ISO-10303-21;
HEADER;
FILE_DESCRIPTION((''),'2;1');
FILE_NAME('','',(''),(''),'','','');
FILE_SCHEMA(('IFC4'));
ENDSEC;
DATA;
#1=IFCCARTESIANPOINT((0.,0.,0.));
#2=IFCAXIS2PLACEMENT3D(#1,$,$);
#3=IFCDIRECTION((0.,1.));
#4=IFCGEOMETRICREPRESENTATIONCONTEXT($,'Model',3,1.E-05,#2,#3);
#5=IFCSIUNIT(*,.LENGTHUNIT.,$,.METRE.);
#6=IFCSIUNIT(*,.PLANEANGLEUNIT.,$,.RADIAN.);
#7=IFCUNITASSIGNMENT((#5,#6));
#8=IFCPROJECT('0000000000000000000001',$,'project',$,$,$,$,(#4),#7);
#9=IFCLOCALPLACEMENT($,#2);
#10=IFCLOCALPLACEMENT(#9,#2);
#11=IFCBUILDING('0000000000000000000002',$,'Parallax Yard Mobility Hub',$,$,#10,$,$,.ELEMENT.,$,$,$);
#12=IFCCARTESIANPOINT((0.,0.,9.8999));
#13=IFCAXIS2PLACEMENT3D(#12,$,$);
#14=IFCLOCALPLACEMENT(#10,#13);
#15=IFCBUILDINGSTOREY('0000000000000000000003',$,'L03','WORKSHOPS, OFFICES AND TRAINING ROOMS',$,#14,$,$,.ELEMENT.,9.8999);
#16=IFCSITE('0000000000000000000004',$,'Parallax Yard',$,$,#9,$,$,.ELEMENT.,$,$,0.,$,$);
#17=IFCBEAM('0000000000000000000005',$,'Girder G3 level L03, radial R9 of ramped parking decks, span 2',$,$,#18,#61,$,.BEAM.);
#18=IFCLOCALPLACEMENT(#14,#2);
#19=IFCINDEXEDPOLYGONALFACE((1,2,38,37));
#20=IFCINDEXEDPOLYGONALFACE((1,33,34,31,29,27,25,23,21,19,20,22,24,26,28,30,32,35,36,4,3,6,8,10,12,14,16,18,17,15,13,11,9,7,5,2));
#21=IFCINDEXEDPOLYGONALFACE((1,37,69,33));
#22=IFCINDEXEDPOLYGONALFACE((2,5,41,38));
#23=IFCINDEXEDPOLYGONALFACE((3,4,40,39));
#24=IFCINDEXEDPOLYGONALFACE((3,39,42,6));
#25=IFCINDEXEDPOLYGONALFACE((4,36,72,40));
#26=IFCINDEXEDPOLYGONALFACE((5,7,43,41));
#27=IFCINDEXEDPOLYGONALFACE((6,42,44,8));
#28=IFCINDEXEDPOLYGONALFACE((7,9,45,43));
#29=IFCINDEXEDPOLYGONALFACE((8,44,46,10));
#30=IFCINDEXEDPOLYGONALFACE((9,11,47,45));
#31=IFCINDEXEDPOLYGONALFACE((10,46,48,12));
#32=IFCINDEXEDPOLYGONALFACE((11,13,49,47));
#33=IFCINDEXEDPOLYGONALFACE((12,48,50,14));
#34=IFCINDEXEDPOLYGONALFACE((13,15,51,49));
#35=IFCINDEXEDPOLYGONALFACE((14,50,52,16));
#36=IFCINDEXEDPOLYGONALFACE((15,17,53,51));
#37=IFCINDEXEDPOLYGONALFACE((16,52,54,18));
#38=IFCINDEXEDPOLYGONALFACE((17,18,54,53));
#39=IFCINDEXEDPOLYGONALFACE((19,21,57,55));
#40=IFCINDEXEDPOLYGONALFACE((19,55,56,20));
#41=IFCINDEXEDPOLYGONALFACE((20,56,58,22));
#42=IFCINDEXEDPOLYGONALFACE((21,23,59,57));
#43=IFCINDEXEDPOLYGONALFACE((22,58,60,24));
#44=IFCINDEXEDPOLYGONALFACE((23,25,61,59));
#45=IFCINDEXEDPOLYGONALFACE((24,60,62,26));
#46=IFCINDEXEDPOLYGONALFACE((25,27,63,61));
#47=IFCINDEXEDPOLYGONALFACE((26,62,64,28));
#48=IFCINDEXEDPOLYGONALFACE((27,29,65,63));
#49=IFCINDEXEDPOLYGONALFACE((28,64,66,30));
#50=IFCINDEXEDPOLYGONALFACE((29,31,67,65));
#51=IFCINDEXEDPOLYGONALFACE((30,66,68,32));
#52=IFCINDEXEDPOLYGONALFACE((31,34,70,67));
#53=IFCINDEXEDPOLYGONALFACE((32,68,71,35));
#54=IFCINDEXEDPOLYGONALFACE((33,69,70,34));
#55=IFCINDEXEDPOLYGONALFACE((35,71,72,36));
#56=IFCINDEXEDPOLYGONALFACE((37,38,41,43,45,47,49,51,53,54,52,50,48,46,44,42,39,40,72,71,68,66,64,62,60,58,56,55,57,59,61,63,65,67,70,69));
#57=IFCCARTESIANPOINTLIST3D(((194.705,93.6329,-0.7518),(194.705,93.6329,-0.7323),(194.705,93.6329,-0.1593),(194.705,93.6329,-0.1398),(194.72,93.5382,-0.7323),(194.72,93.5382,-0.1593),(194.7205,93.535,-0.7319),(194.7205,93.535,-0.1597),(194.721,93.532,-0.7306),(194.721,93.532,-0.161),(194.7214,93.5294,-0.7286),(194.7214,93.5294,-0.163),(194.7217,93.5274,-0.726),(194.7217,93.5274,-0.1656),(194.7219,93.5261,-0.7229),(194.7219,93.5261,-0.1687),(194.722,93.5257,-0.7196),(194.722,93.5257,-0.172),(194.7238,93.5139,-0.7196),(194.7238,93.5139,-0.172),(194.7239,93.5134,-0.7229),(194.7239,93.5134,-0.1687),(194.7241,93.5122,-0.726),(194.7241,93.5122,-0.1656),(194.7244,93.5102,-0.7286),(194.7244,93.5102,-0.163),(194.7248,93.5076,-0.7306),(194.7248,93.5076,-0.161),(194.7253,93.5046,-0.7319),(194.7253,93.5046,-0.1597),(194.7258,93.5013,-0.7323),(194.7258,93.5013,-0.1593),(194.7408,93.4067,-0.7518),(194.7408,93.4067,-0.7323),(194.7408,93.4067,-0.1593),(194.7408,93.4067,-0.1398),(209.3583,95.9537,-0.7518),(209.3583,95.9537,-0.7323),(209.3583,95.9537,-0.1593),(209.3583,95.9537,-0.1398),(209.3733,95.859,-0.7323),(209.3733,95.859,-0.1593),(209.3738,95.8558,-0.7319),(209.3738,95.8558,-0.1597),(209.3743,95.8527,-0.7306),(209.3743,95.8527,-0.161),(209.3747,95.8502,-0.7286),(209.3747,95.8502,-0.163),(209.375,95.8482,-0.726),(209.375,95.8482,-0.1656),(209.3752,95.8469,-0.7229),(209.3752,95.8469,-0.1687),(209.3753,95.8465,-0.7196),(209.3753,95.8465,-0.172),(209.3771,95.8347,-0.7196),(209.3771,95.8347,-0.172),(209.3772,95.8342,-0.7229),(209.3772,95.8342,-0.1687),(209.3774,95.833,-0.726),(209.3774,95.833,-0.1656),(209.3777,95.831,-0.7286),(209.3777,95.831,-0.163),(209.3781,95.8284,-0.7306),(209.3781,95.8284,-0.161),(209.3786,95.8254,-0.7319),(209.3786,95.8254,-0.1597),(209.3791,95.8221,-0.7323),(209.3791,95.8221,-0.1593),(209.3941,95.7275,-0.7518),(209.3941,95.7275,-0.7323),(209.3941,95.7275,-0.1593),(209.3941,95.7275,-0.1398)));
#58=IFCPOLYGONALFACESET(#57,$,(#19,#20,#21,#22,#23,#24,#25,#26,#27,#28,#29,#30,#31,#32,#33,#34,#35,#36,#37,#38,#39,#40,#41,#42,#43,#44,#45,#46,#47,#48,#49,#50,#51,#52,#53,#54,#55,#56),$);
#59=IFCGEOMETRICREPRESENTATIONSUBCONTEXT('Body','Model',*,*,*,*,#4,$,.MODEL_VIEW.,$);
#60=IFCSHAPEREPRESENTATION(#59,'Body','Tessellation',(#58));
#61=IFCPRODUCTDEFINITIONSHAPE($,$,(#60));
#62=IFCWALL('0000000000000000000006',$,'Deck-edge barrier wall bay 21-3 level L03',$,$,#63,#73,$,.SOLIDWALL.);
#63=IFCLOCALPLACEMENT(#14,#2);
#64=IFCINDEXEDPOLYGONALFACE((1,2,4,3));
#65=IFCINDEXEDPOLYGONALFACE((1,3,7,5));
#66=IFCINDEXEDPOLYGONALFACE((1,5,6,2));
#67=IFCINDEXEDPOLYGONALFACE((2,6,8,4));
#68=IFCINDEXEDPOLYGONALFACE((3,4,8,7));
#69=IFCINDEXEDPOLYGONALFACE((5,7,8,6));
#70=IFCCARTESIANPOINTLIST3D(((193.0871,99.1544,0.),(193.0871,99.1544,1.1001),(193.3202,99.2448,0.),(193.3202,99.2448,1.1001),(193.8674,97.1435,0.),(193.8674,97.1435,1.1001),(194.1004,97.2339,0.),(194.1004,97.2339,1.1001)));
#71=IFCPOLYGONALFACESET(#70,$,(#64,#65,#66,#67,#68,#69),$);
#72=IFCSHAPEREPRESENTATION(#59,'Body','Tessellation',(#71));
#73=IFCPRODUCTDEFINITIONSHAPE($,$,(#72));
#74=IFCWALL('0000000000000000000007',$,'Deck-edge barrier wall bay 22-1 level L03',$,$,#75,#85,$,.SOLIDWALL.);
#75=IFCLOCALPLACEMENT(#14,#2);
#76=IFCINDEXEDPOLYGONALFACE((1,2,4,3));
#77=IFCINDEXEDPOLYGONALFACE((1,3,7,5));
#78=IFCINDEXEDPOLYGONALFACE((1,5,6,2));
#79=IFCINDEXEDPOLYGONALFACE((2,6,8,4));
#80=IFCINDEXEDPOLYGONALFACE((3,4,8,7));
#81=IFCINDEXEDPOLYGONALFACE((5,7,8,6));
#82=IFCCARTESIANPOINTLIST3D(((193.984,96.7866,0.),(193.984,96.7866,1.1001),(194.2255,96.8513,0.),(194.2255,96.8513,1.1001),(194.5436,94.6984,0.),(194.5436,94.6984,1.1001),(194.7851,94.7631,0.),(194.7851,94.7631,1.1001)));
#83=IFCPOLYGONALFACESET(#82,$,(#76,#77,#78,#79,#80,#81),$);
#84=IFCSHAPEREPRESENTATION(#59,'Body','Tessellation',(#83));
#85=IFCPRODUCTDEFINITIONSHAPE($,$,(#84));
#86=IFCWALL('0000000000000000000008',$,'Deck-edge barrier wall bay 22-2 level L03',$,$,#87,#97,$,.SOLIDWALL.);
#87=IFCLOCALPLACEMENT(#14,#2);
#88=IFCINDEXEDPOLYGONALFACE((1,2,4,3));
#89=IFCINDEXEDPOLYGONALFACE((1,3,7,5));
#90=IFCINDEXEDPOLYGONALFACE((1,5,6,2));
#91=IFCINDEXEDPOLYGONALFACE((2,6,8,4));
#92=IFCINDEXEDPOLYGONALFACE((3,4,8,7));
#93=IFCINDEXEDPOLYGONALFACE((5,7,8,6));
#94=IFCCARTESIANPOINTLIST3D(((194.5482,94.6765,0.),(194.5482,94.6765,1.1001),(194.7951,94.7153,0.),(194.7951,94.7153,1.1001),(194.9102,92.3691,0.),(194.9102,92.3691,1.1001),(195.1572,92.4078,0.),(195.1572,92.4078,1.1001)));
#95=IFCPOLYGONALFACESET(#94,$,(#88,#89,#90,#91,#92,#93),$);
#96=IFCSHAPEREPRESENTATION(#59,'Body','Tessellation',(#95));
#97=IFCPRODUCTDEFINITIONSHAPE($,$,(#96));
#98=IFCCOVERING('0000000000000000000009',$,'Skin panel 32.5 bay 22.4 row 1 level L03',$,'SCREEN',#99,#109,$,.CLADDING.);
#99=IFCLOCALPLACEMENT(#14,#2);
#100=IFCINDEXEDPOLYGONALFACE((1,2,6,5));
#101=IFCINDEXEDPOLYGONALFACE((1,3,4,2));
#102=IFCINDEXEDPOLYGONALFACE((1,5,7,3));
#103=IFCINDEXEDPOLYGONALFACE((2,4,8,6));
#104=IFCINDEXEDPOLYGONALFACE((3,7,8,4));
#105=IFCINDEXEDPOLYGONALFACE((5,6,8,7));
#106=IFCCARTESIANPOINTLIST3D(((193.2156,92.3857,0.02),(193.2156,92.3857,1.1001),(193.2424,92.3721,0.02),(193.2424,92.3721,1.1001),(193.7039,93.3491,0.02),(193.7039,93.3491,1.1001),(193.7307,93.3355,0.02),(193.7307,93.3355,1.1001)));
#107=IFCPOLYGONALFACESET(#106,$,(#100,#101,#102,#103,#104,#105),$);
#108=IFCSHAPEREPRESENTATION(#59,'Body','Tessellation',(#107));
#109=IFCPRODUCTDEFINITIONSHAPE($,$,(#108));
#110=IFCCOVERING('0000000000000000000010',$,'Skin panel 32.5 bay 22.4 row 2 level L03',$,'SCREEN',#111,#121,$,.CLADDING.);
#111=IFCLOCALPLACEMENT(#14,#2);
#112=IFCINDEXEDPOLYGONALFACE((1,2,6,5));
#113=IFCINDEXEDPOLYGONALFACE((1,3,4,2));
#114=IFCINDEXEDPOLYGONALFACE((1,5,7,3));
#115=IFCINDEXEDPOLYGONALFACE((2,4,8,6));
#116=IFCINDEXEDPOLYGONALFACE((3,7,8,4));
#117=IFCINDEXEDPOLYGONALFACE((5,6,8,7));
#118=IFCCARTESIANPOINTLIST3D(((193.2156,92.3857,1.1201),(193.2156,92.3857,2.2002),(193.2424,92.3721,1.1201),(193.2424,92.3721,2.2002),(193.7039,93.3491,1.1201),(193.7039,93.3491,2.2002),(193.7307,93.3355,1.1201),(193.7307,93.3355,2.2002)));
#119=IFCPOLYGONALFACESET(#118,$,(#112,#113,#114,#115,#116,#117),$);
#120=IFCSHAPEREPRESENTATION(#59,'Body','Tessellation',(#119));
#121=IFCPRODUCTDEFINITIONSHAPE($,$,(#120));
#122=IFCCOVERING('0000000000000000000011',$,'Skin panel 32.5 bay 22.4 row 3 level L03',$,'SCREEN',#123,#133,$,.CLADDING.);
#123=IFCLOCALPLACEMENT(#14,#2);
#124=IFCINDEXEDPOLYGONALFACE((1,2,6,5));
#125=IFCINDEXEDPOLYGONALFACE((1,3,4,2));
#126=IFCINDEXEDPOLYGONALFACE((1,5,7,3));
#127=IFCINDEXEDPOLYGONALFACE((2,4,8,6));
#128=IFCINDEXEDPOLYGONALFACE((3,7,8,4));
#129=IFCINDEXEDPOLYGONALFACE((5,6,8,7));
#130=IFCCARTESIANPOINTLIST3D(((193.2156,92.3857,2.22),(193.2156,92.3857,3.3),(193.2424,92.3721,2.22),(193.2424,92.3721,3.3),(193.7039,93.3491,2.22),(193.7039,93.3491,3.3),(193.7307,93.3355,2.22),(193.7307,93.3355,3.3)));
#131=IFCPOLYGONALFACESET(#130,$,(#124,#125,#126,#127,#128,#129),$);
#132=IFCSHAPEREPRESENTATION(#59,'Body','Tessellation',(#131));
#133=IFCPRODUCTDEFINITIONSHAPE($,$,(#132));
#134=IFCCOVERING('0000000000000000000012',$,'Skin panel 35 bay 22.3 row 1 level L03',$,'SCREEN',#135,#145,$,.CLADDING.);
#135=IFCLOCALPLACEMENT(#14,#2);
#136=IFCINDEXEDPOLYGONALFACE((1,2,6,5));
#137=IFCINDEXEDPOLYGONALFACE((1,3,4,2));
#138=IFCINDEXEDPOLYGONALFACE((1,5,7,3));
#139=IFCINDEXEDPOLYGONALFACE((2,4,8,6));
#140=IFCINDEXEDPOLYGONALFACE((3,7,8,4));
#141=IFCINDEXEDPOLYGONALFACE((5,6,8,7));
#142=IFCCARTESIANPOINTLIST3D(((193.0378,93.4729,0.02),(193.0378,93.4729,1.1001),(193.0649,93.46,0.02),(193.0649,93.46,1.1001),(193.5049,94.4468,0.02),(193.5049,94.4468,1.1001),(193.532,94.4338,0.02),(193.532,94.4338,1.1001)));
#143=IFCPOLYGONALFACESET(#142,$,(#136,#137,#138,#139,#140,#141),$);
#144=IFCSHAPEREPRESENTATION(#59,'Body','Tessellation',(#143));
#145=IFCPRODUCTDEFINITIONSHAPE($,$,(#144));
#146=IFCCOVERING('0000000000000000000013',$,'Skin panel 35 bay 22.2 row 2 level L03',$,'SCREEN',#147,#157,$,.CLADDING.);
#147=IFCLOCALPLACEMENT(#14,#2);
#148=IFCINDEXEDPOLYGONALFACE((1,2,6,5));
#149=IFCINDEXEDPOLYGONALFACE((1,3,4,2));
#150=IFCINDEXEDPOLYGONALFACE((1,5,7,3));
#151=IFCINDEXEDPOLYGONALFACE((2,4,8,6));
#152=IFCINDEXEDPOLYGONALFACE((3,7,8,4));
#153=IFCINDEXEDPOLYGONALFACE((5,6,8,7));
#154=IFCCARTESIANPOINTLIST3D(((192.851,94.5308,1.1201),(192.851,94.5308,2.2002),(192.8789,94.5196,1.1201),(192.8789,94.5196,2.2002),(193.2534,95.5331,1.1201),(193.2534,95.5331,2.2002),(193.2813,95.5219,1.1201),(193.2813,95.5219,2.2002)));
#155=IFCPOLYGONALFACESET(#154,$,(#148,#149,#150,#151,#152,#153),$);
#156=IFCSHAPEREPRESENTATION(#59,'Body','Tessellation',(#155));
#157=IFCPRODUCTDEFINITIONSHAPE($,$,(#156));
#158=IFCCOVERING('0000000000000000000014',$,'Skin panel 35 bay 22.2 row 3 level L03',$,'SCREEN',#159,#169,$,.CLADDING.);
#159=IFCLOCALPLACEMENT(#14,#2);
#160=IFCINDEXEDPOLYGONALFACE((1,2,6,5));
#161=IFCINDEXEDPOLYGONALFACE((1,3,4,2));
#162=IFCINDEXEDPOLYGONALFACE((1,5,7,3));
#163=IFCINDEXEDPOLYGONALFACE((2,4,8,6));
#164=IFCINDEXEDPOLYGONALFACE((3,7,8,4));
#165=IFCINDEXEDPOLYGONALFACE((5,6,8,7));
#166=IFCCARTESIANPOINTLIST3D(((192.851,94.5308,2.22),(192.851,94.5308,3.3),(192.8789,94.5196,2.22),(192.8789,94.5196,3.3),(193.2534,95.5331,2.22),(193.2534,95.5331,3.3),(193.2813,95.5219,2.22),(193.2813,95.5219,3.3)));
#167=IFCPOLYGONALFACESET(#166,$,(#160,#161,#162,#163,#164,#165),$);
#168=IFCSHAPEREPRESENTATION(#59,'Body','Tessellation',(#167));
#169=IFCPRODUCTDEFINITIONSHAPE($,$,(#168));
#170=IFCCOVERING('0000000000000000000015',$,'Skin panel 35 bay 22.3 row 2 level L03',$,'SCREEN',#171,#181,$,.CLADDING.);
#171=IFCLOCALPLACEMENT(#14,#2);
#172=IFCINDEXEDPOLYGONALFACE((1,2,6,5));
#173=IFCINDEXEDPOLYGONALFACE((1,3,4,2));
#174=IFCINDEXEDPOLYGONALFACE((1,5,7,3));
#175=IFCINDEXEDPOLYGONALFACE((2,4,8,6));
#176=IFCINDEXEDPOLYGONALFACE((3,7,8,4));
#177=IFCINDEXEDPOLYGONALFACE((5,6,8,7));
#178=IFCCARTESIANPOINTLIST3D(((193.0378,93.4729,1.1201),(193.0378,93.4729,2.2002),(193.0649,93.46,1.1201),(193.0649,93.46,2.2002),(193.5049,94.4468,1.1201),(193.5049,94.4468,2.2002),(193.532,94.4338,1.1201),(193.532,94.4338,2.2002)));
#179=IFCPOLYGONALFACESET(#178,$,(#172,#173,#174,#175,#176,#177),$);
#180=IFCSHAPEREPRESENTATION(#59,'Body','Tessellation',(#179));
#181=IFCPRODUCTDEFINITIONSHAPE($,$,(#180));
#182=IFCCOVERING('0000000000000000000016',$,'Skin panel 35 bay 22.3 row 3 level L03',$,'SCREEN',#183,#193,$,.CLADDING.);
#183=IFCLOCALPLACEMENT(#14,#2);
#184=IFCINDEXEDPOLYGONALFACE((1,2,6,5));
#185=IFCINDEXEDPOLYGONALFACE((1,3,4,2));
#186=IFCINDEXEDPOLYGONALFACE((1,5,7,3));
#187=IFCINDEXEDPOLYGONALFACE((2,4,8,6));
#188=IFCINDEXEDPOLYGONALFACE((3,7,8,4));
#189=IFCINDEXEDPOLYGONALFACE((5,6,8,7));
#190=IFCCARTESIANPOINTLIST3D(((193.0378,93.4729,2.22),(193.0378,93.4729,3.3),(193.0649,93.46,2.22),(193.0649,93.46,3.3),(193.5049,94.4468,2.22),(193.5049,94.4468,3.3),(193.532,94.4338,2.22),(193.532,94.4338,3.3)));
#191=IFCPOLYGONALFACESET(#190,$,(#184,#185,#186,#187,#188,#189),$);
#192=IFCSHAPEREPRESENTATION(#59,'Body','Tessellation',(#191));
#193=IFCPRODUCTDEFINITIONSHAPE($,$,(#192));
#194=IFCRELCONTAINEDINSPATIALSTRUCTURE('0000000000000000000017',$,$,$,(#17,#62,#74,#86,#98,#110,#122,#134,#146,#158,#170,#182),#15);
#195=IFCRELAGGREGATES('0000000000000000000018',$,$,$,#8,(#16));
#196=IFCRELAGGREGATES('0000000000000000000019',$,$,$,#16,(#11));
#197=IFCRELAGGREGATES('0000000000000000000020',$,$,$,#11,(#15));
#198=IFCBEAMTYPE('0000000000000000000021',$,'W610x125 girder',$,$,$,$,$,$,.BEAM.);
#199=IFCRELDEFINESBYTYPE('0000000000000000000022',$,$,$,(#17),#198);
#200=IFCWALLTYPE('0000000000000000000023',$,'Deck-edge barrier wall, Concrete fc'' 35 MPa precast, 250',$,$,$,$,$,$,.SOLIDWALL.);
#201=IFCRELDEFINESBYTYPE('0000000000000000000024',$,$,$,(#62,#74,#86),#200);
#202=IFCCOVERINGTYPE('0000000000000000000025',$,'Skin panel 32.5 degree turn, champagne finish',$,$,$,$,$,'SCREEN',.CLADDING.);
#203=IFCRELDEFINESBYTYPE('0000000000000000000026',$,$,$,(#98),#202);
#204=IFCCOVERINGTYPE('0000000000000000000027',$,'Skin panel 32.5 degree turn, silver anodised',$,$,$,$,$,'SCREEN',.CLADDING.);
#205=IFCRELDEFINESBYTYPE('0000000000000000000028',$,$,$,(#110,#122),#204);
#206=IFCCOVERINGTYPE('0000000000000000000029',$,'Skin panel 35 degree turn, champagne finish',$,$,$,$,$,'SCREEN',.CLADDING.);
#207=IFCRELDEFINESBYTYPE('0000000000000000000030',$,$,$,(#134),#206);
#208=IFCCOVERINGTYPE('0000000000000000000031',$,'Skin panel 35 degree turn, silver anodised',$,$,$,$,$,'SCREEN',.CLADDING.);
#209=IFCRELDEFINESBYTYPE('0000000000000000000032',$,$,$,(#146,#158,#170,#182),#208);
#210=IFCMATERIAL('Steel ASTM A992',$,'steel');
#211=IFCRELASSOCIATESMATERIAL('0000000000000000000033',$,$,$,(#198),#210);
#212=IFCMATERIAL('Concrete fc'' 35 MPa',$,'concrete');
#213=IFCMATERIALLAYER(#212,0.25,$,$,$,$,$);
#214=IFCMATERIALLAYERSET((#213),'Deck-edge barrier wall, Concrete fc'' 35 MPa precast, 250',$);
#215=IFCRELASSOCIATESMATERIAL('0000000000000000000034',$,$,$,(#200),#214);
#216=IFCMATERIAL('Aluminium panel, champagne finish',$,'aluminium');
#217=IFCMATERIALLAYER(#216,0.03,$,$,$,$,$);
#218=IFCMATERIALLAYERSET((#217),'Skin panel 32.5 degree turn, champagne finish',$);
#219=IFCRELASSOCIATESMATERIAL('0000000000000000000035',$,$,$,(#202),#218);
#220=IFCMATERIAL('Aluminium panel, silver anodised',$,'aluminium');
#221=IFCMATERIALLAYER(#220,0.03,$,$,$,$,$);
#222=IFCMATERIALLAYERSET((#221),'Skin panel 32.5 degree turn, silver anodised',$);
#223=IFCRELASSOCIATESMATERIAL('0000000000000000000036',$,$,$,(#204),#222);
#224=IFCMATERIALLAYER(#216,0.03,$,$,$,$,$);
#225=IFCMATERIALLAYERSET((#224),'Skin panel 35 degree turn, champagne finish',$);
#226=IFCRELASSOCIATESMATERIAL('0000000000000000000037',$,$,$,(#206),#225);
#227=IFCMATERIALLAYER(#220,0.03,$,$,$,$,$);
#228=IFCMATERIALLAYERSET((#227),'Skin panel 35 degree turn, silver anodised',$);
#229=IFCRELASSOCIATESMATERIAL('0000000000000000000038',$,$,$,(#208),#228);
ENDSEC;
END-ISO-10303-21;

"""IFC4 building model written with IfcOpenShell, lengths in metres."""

from ifc_helpers import new_model, si_unit, direction, frame, frame_2d, origin, origin_2d, place, context, subcontext, project, spatial, rectangle, i_section, extrude, material, layer, layer_set, material_profile, profile_set, type_object, element, save


model = new_model("IFC4")

# Units and contexts
model_context = context("Model", 3, precision=1e-05, world=origin(), true_north=direction((0.0, 1.0)))
body_context = subcontext(model_context, "Body", "Model", "MODEL_VIEW")
ifc_project = project(units=[si_unit("LENGTHUNIT", "METRE"), si_unit("PLANEANGLEUNIT", "RADIAN")], contexts=[model_context])

# Site, building, storey
site_placement = place(None, origin())
site = spatial("IfcSite", under=ifc_project, at=site_placement, Name="Parallax Yard", CompositionType="ELEMENT", RefElevation=0.0)
building_placement = place(site_placement, origin())
building = spatial("IfcBuilding", under=site, at=building_placement, Name="Parallax Yard Mobility Hub", CompositionType="ELEMENT")
storey_placement = place(building_placement, frame((0.0, 0.0, 9.8999)))
storey = spatial("IfcBuildingStorey", under=building, at=storey_placement, Name="L03", Description="WORKSHOPS, OFFICES AND TRAINING ROOMS", CompositionType="ELEMENT", Elevation=9.8999)

# Shared definitions
ifc_material_1 = material(Name="Steel ASTM A992", Category="steel")

# Beam
ifc_material_profile_1 = material_profile(ifc_material_1, i_section(OverallWidth=0.229, OverallDepth=0.6121, WebThickness=0.012, FlangeThickness=0.0195, FilletRadius=0.0127, at=origin_2d()), Name="W610x125")
ifc_profile_set_1 = profile_set([ifc_material_profile_1], Name="Steel ASTM A992")
beam_type_1 = type_object("IfcBeamType", Name="W610x125 girder", PredefinedType="BEAM", material=ifc_profile_set_1)
beam_1_placement = place(storey_placement, frame((194.7229, 93.5198, -0.4458), z_axis=(0.987689, 0.156431, 0.0), x_axis=(-0.156431, 0.987689, 0.0)))
element("IfcBeam", 1, at=beam_1_placement, inside=storey, type_object=beam_type_1, Name="Girder G3 level L03, radial R9 of ramped parking decks, span 2", PredefinedType="BEAM", context=body_context, shape_type="SweptSolid", body=[
    extrude(i_section(OverallWidth=0.229, OverallDepth=0.6121, WebThickness=0.012, FlangeThickness=0.0195, FilletRadius=0.0127, at=origin_2d()), origin(), (0.0, 0.0, 1.0), 14.8359),
])

# Walls
ifc_material_2 = material(Name="Concrete fc' 35 MPa", Category="concrete")
ifc_layer_1 = layer(ifc_material_2, 0.25)
ifc_layer_set_1 = layer_set([ifc_layer_1], Name="Deck-edge barrier wall, Concrete fc' 35 MPa precast, 250")
wall_type = type_object("IfcWallType", Name="Deck-edge barrier wall, Concrete fc' 35 MPa precast, 250", PredefinedType="SOLIDWALL", material=ifc_layer_set_1)
wall_1_placement = place(storey_placement, frame((193.2036, 99.1997, 0.0), z_axis=(0.0, 0.0, 1.0), x_axis=(0.361731, -0.932283, 0.0)))
element("IfcWall", 2, at=wall_1_placement, inside=storey, type_object=wall_type, Name="Deck-edge barrier wall bay 21-3 level L03", PredefinedType="SOLIDWALL", context=body_context, shape_type="SweptSolid", body=[
    extrude(rectangle(XDim=2.157, YDim=0.25, at=frame_2d((1.0786, 0.0))), origin(), (0.0, 0.0, 1.0), 1.1001),
])
wall_2_placement = place(storey_placement, frame((194.1047, 96.8191, 0.0), z_axis=(0.0, 0.0, 1.0), x_axis=(0.258843, -0.965919, 0.0)))
element("IfcWall", 3, at=wall_2_placement, inside=storey, type_object=wall_type, Name="Deck-edge barrier wall bay 22-1 level L03", PredefinedType="SOLIDWALL", context=body_context, shape_type="SweptSolid", body=[
    extrude(rectangle(XDim=2.1619, YDim=0.25, at=frame_2d((1.0811, 0.0))), origin(), (0.0, 0.0, 1.0), 1.1001),
])
wall_3_placement = place(storey_placement, frame((194.6716, 94.696, 0.0), z_axis=(0.0, 0.0, 1.0), x_axis=(0.155018, -0.987912, 0.0)))
element("IfcWall", 4, at=wall_3_placement, inside=storey, type_object=wall_type, Name="Deck-edge barrier wall bay 22-2 level L03", PredefinedType="SOLIDWALL", context=body_context, shape_type="SweptSolid", body=[
    extrude(rectangle(XDim=2.3357, YDim=0.25, at=frame_2d((1.168, 0.0))), origin(), (0.0, 0.0, 1.0), 1.1001),
])

# Coverings
ifc_material_3 = material(Name="Aluminium panel, champagne finish", Category="aluminium")
ifc_layer_2 = layer(ifc_material_3, 0.03)
ifc_layer_set_2 = layer_set([ifc_layer_2], Name="Skin panel 32.5 degree turn, champagne finish")
covering_type_1 = type_object("IfcCoveringType", Name="Skin panel 32.5 degree turn, champagne finish", ElementType="SCREEN", PredefinedType="CLADDING", material=ifc_layer_set_2)
covering_1_placement = place(storey_placement, frame((193.4731, 92.8606, 0.02), z_axis=(0.0, 0.0, 1.0), x_axis=(-0.452046, -0.891995, 0.0)))
element("IfcCovering", 5, at=covering_1_placement, inside=storey, type_object=covering_type_1, Name="Skin panel 32.5 bay 22.4 row 1 level L03", ObjectType="SCREEN", PredefinedType="CLADDING", context=body_context, shape_type="SweptSolid", body=[
    extrude(rectangle(XDim=1.0801, YDim=0.03, at=origin_2d()), origin(), (0.0, 0.0, 1.0), 1.0801),
])
ifc_material_4 = material(Name="Aluminium panel, silver anodised", Category="aluminium")
ifc_layer_3 = layer(ifc_material_4, 0.03)
ifc_layer_set_3 = layer_set([ifc_layer_3], Name="Skin panel 32.5 degree turn, silver anodised")
covering_type_2 = type_object("IfcCoveringType", Name="Skin panel 32.5 degree turn, silver anodised", ElementType="SCREEN", PredefinedType="CLADDING", material=ifc_layer_set_3)
for number, where, z_axis, x_axis, name in (
    (6, (193.4731, 92.8606, 1.1201), (0.0, 0.0, 1.0), (-0.452046, -0.891995, 0.0), "Skin panel 32.5 bay 22.4 row 2 level L03"),
    (7, (193.4731, 92.8606, 2.22), (0.0, 0.0, 1.0), (-0.452046, -0.891995, 0.0), "Skin panel 32.5 bay 22.4 row 3 level L03"),
):
    element("IfcCovering", number, at=place(storey_placement, frame(where, z_axis=z_axis, x_axis=x_axis)), inside=storey, type_object=covering_type_2, Name=name, ObjectType="SCREEN", PredefinedType="CLADDING", context=body_context, shape_type="SweptSolid", body=[
        extrude(rectangle(XDim=1.0801, YDim=0.03, at=origin_2d()), origin(), (0.0, 0.0, 1.0), 1.0801),
    ])
ifc_layer_4 = layer(ifc_material_3, 0.03)
ifc_layer_set_4 = layer_set([ifc_layer_4], Name="Skin panel 35 degree turn, champagne finish")
covering_type_3 = type_object("IfcCoveringType", Name="Skin panel 35 degree turn, champagne finish", ElementType="SCREEN", PredefinedType="CLADDING", material=ifc_layer_set_4)
covering_2_placement = place(storey_placement, frame((193.2849, 93.9534, 0.02), z_axis=(0.0, 0.0, 1.0), x_axis=(-0.432479, -0.901644, 0.0)))
element("IfcCovering", 8, at=covering_2_placement, inside=storey, type_object=covering_type_3, Name="Skin panel 35 bay 22.3 row 1 level L03", ObjectType="SCREEN", PredefinedType="CLADDING", context=body_context, shape_type="SweptSolid", body=[
    extrude(rectangle(XDim=1.0801, YDim=0.03, at=origin_2d()), origin(), (0.0, 0.0, 1.0), 1.0801),
])
ifc_layer_5 = layer(ifc_material_4, 0.03)
ifc_layer_set_5 = layer_set([ifc_layer_5], Name="Skin panel 35 degree turn, silver anodised")
covering_type_4 = type_object("IfcCoveringType", Name="Skin panel 35 degree turn, silver anodised", ElementType="SCREEN", PredefinedType="CLADDING", material=ifc_layer_set_5)
for number, where, z_axis, x_axis, name in (
    (9, (193.0662, 95.0264, 1.1201), (0.0, 0.0, 1.0), (-0.372583, -0.927999, 0.0), "Skin panel 35 bay 22.2 row 2 level L03"),
    (10, (193.0662, 95.0264, 2.22), (0.0, 0.0, 1.0), (-0.372583, -0.927999, 0.0), "Skin panel 35 bay 22.2 row 3 level L03"),
    (11, (193.2849, 93.9534, 1.1201), (0.0, 0.0, 1.0), (-0.432479, -0.901644, 0.0), "Skin panel 35 bay 22.3 row 2 level L03"),
    (12, (193.2849, 93.9534, 2.22), (0.0, 0.0, 1.0), (-0.432479, -0.901644, 0.0), "Skin panel 35 bay 22.3 row 3 level L03"),
):
    element("IfcCovering", number, at=place(storey_placement, frame(where, z_axis=z_axis, x_axis=x_axis)), inside=storey, type_object=covering_type_4, Name=name, ObjectType="SCREEN", PredefinedType="CLADDING", context=body_context, shape_type="SweptSolid", body=[
        extrude(rectangle(XDim=1.0801, YDim=0.03, at=origin_2d()), origin(), (0.0, 0.0, 1.0), 1.0801),
    ])

save(model, "model.ifc")
